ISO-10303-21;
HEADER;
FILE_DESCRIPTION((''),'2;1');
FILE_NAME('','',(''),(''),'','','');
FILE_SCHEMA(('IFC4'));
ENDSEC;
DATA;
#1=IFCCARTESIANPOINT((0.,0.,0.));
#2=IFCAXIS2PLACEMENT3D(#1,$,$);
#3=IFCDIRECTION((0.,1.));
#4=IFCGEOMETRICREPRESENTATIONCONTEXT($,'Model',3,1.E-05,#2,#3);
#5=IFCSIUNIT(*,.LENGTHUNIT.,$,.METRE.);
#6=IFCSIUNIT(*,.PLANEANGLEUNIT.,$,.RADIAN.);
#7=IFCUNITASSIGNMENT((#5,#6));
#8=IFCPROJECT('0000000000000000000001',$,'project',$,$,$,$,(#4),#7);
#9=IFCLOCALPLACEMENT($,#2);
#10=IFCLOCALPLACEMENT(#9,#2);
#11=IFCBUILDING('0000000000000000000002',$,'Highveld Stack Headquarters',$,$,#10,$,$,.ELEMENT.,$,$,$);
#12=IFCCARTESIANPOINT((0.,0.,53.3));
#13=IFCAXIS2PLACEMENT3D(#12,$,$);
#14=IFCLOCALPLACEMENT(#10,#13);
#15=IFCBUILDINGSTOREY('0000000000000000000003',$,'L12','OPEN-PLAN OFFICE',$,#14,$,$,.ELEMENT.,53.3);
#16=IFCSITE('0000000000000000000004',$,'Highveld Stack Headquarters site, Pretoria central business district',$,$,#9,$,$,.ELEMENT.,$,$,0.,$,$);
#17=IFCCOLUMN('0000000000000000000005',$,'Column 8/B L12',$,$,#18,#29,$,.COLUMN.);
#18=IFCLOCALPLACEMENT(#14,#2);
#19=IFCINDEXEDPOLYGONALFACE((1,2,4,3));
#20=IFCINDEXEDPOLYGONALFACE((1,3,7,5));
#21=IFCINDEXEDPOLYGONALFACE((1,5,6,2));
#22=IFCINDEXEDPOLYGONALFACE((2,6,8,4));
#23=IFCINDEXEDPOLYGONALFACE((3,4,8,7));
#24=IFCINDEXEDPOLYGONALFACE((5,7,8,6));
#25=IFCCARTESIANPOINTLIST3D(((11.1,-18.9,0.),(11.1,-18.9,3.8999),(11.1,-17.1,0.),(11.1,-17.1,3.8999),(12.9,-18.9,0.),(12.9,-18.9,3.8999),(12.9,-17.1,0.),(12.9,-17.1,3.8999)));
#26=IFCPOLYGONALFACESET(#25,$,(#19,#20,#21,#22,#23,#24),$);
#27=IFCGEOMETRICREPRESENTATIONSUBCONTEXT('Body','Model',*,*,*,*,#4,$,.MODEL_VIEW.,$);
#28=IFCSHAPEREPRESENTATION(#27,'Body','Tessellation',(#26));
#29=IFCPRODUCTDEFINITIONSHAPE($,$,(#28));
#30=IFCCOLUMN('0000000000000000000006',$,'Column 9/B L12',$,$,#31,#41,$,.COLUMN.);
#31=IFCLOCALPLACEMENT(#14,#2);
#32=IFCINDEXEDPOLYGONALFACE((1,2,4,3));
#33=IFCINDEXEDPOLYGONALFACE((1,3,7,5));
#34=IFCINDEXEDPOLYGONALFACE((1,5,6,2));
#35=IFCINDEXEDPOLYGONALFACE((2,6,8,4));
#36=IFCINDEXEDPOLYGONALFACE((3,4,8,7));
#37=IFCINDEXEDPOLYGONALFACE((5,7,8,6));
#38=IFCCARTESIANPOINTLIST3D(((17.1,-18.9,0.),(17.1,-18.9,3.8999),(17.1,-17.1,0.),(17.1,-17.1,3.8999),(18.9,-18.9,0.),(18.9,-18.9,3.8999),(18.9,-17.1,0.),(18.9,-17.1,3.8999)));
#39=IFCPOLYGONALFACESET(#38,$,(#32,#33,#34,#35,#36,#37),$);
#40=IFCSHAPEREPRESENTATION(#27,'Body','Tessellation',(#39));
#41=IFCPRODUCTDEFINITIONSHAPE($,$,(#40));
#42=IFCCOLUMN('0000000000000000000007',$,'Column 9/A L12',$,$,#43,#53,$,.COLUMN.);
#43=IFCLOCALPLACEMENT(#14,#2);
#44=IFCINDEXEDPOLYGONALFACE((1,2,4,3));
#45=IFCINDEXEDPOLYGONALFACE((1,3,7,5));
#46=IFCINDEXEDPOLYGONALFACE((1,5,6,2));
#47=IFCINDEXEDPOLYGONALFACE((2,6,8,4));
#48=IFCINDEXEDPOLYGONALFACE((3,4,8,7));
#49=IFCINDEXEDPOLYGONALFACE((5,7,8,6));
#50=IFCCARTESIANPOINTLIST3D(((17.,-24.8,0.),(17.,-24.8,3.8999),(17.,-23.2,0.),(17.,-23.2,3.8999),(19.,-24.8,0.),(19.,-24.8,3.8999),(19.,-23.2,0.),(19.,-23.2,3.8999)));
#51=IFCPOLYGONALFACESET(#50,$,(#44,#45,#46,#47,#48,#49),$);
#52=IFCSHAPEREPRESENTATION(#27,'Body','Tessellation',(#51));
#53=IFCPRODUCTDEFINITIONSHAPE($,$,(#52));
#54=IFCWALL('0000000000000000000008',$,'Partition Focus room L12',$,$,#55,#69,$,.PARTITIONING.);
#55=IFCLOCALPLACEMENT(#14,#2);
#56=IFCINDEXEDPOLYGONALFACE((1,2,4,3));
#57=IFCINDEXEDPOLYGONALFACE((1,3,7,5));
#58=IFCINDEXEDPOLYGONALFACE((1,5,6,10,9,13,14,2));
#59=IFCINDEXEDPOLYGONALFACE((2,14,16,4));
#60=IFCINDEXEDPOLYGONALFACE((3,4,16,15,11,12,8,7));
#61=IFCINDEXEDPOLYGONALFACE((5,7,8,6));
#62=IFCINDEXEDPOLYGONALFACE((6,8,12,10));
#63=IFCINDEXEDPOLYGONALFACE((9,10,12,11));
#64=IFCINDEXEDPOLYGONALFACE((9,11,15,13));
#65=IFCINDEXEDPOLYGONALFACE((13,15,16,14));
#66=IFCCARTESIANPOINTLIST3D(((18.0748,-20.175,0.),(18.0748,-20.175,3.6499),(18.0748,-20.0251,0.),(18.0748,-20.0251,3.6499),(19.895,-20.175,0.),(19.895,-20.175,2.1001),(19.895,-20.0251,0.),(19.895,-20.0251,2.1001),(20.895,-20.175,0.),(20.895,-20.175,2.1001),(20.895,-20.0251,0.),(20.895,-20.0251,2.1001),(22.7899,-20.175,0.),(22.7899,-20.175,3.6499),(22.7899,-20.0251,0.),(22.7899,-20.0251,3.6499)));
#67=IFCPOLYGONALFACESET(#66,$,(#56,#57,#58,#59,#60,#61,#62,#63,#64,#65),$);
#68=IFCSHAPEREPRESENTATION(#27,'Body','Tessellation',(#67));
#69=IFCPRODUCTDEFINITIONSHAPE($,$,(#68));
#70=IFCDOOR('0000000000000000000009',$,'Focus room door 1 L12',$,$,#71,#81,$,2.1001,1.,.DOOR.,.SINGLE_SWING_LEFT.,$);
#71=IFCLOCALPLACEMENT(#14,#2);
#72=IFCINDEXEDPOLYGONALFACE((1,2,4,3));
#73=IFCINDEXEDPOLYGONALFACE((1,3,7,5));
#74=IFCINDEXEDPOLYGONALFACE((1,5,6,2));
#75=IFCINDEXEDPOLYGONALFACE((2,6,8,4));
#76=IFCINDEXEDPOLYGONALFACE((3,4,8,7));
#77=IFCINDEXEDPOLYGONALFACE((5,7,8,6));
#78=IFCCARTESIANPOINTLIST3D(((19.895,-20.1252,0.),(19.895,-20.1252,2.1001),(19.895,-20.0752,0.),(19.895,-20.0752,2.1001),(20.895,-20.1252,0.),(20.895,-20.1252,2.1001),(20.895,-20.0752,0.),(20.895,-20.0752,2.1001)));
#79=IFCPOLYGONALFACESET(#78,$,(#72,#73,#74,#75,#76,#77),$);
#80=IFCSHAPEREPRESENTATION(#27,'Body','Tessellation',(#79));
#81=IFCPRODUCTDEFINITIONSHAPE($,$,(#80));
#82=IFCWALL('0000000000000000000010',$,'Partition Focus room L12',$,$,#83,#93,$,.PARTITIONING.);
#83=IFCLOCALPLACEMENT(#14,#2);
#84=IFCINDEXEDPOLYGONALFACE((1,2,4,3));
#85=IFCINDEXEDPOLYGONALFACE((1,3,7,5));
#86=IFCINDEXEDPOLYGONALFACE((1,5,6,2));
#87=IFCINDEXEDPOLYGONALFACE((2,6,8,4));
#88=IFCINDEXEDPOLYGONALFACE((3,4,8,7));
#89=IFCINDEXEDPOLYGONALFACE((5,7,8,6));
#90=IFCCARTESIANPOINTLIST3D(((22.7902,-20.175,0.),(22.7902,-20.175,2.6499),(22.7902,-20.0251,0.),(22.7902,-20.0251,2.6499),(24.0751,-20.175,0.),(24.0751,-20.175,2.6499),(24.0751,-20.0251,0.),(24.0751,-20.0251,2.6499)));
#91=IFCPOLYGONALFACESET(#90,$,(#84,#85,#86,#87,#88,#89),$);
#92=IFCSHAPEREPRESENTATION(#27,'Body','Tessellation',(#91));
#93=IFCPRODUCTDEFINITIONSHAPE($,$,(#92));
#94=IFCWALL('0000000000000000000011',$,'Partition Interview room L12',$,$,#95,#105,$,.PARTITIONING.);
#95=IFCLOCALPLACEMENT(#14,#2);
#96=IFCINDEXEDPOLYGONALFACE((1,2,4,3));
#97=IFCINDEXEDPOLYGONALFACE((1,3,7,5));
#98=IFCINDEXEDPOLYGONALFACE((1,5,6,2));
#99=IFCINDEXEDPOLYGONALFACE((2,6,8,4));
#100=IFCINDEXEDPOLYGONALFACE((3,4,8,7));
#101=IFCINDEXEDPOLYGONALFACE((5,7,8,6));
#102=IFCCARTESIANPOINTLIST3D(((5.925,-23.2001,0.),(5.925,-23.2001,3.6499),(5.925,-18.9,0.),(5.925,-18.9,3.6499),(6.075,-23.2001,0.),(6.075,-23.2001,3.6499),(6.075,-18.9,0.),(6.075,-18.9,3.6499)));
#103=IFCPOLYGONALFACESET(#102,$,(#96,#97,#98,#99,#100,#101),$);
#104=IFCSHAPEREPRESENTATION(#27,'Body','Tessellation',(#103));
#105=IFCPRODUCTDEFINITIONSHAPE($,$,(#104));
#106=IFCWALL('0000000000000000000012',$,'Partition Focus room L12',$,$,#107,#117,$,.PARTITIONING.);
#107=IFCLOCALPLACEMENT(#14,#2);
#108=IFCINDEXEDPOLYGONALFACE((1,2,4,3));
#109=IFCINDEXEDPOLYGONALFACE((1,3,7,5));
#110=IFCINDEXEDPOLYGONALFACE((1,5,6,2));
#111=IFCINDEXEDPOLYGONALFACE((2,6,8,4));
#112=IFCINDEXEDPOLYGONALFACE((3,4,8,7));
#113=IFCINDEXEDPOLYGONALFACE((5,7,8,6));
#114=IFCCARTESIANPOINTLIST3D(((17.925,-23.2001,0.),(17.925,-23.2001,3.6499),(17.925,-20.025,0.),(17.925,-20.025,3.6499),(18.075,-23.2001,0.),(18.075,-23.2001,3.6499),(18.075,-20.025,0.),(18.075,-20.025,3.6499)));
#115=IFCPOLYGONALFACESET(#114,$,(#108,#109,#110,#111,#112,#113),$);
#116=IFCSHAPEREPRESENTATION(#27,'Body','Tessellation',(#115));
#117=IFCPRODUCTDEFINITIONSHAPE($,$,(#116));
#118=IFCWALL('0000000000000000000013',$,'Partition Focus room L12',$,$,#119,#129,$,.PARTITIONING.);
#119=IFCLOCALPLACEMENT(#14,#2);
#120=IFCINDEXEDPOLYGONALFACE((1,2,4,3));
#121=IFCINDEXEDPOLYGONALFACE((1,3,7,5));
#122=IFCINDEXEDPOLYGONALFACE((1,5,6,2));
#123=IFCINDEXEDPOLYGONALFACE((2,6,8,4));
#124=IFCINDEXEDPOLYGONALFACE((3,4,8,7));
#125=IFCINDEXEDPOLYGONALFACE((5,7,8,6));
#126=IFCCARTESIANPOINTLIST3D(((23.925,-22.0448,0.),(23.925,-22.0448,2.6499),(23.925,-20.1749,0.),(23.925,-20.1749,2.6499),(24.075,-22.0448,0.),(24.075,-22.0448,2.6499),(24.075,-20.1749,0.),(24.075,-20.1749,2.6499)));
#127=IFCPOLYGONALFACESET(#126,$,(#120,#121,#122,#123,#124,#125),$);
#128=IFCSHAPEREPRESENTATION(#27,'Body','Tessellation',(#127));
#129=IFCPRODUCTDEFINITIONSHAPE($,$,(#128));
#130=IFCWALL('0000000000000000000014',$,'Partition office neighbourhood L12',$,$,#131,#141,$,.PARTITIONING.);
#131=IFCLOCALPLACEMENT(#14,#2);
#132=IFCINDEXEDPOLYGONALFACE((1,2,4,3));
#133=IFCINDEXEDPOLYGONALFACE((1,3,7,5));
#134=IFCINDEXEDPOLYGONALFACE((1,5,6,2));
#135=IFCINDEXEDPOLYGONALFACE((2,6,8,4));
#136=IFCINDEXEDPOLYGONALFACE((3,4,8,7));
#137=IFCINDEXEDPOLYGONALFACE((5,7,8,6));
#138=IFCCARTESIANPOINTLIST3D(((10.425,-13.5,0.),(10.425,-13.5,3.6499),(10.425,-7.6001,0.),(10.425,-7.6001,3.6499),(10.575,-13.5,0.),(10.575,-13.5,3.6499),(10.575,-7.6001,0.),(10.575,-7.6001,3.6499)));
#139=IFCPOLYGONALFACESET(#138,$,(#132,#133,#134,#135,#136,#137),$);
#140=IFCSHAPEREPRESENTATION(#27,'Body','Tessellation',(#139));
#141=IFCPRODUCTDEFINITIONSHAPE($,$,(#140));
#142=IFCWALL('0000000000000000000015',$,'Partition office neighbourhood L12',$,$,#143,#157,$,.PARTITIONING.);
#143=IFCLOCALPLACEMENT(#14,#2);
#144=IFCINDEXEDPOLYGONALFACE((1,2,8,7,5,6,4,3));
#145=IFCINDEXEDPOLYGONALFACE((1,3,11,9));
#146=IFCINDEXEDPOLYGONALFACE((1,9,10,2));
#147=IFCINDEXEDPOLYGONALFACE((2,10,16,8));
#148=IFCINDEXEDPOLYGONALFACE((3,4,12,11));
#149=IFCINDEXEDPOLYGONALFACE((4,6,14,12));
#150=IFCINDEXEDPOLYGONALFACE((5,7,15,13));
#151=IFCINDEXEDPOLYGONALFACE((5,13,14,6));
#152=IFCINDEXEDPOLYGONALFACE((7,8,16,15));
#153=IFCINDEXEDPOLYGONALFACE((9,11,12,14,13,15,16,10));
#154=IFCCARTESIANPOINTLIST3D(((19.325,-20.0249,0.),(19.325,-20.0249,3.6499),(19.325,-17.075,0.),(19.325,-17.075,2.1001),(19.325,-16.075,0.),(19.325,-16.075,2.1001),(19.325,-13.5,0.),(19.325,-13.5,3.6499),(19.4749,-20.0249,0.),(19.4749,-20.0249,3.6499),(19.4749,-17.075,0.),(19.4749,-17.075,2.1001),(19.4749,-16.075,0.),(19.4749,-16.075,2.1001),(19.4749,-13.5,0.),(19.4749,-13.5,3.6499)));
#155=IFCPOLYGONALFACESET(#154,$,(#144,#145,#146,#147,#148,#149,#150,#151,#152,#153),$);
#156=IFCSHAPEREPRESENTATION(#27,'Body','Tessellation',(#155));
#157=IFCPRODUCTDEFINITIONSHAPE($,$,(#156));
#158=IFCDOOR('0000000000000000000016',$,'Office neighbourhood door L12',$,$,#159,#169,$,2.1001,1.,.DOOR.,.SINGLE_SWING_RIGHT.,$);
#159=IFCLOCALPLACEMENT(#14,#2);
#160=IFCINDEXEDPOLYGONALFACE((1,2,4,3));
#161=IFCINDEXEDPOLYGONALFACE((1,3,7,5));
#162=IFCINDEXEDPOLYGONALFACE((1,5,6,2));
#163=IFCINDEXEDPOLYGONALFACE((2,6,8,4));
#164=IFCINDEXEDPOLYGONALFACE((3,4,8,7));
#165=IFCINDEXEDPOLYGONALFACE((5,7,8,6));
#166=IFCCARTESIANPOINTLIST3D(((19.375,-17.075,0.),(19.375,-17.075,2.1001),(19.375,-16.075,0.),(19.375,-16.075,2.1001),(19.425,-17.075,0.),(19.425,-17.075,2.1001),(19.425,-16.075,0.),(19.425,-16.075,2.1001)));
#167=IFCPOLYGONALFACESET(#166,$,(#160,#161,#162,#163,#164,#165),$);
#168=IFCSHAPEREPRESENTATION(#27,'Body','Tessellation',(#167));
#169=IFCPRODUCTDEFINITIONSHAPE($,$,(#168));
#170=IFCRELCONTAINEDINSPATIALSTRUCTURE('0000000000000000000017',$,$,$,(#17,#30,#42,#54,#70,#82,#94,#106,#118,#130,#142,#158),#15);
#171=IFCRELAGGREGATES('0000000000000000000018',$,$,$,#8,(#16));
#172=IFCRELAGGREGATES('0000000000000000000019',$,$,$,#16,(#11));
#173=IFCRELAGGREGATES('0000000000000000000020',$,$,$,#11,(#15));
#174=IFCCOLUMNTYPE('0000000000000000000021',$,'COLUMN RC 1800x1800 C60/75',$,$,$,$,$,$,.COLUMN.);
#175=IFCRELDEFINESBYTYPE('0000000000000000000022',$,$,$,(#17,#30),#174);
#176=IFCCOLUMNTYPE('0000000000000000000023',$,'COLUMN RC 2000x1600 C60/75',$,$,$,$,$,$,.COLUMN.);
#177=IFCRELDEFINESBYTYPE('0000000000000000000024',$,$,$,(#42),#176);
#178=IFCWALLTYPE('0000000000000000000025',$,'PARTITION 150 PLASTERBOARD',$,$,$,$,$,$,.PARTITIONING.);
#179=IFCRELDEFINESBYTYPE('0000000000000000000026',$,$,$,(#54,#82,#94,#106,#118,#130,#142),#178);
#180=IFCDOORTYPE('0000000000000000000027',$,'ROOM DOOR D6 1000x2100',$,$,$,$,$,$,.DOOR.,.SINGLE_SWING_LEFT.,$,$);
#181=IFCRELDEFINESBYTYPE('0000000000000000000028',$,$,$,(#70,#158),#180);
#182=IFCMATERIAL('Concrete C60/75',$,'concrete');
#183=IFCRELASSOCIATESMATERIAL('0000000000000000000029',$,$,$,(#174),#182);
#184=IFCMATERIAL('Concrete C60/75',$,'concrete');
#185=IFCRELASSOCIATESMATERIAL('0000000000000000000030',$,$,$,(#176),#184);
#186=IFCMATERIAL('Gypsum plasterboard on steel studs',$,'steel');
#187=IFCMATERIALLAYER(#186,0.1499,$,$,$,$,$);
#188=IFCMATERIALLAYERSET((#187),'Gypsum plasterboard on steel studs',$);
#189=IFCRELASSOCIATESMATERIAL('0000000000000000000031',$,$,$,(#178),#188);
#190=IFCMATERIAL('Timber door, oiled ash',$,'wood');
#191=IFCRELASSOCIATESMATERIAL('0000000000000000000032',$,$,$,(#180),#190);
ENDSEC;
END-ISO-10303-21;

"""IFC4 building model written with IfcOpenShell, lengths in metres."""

from ifc_helpers import new_model, si_unit, direction, frame, frame_2d, origin, origin_2d, place, context, subcontext, project, spatial, rectangle, extrude, material, layer, layer_set, material_profile, profile_set, type_object, element, fill, save


model = new_model("IFC4")

# Units and contexts
model_context = context("Model", 3, precision=1e-05, world=origin(), true_north=direction((0.0, 1.0)))
body_context = subcontext(model_context, "Body", "Model", "MODEL_VIEW")
ifc_project = project(units=[si_unit("LENGTHUNIT", "METRE"), si_unit("PLANEANGLEUNIT", "RADIAN")], contexts=[model_context])

# Site, building, storey
site_placement = place(None, origin())
site = spatial("IfcSite", under=ifc_project, at=site_placement, Name="Highveld Stack Headquarters site, Pretoria central business district", CompositionType="ELEMENT", RefElevation=0.0)
building_placement = place(site_placement, origin())
building = spatial("IfcBuilding", under=site, at=building_placement, Name="Highveld Stack Headquarters", CompositionType="ELEMENT")
storey_placement = place(building_placement, frame((0.0, 0.0, 53.3)))
storey = spatial("IfcBuildingStorey", under=building, at=storey_placement, Name="L12", Description="OPEN-PLAN OFFICE", CompositionType="ELEMENT", Elevation=53.3)

# Columns
ifc_material_1 = material(Name="Concrete C60/75", Category="concrete")
ifc_material_profile_1 = material_profile(ifc_material_1, rectangle(XDim=1.8, YDim=1.8, at=origin_2d()), Name="RC 1800x1800")
ifc_profile_set_1 = profile_set([ifc_material_profile_1], Name="Concrete C60/75")
column_type_1 = type_object("IfcColumnType", Name="COLUMN RC 1800x1800 C60/75", PredefinedType="COLUMN", material=ifc_profile_set_1)
for number, where, z_axis, x_axis, name in (
    (1, (12.0, -18.0, 0.0), (0.0, 0.0, 1.0), (1.0, 0.0, 0.0), "Column 8/B L12"),
    (2, (18.0, -18.0, 0.0), (0.0, 0.0, 1.0), (1.0, 0.0, 0.0), "Column 9/B L12"),
):
    element("IfcColumn", number, at=place(storey_placement, frame(where, z_axis=z_axis, x_axis=x_axis)), inside=storey, type_object=column_type_1, Name=name, PredefinedType="COLUMN", context=body_context, shape_type="SweptSolid", body=[
        extrude(rectangle(XDim=1.8, YDim=1.8, at=origin_2d()), origin(), (0.0, 0.0, 1.0), 3.8999),
    ])
ifc_material_2 = material(Name="Concrete C60/75", Category="concrete")
ifc_material_profile_2 = material_profile(ifc_material_2, rectangle(XDim=2.0, YDim=1.6001, at=origin_2d()), Name="RC 2000x1600")
ifc_profile_set_2 = profile_set([ifc_material_profile_2], Name="Concrete C60/75")
column_type_2 = type_object("IfcColumnType", Name="COLUMN RC 2000x1600 C60/75", PredefinedType="COLUMN", material=ifc_profile_set_2)
column_placement = place(storey_placement, frame((18.0, -24.0, 0.0), z_axis=(0.0, 0.0, 1.0), x_axis=(1.0, 0.0, 0.0)))
element("IfcColumn", 3, at=column_placement, inside=storey, type_object=column_type_2, Name="Column 9/A L12", PredefinedType="COLUMN", context=body_context, shape_type="SweptSolid", body=[
    extrude(rectangle(XDim=2.0, YDim=1.6001, at=origin_2d()), origin(), (0.0, 0.0, 1.0), 3.8999),
])

# Wall, opening, door
ifc_material_3 = material(Name="Gypsum plasterboard on steel studs", Category="steel")
ifc_layer = layer(ifc_material_3, 0.1499)
ifc_layer_set = layer_set([ifc_layer], Name="Gypsum plasterboard on steel studs")
wall_type = type_object("IfcWallType", Name="PARTITION 150 PLASTERBOARD", PredefinedType="PARTITIONING", material=ifc_layer_set)
wall_1_placement = place(storey_placement, frame((18.075, -20.1001, 0.0), z_axis=(0.0, 0.0, 1.0), x_axis=(1.0, 0.0, 0.0)))
wall_1 = element("IfcWall", 4, at=wall_1_placement, inside=storey, type_object=wall_type, Name="Partition Focus room L12", PredefinedType="PARTITIONING", context=body_context, shape_type="SweptSolid", body=[
    extrude(rectangle(XDim=4.7151, YDim=0.1499, at=frame_2d((2.3574, 0.0))), origin(), (0.0, 0.0, 1.0), 3.6499),
])
opening_1_placement = place(wall_1_placement, frame((1.8201, 0.0, 0.0)))
opening_1 = element("IfcOpeningElement", 5, at=opening_1_placement, cuts=wall_1, PredefinedType="OPENING", context=body_context, shape_type="SweptSolid", body=[
    extrude(rectangle(XDim=1.0, YDim=2.1001, at=frame_2d((0.5, 1.05))), frame((0.0, 0.085, 0.0), z_axis=(0.0, -1.0, 0.0), x_axis=(1.0, 0.0, 0.0)), (0.0, 0.0, 1.0), 0.1699),
])
ifc_material_4 = material(Name="Timber door, oiled ash", Category="wood")
door_type = type_object("IfcDoorType", Name="ROOM DOOR D6 1000x2100", OperationType="SINGLE_SWING_LEFT", PredefinedType="DOOR", material=ifc_material_4)
door_1_placement = place(opening_1_placement, origin())
door_1 = element("IfcDoor", 6, at=door_1_placement, inside=storey, type_object=door_type, Name="Focus room door 1 L12", OperationType="SINGLE_SWING_LEFT", OverallHeight=2.1001, OverallWidth=1.0, PredefinedType="DOOR", context=body_context, shape_type="SweptSolid", body=[
    extrude(rectangle(XDim=1.0, YDim=2.1001, at=frame_2d((0.5, 1.05))), frame((0.0, 0.0249, 0.0), z_axis=(0.0, -1.0, 0.0), x_axis=(1.0, 0.0, 0.0)), (0.0, 0.0, 1.0), 0.05),
])
fill(opening_1, door_1)

# Walls
wall_2_placement = place(storey_placement, frame((22.79, -20.1001, 0.0), z_axis=(0.0, 0.0, 1.0), x_axis=(1.0, 0.0, 0.0)))
element("IfcWall", 7, at=wall_2_placement, inside=storey, type_object=wall_type, Name="Partition Focus room L12", PredefinedType="PARTITIONING", context=body_context, shape_type="SweptSolid", body=[
    extrude(rectangle(XDim=1.2849, YDim=0.1499, at=frame_2d((0.6426, 0.0))), origin(), (0.0, 0.0, 1.0), 2.6499),
])
wall_3_placement = place(storey_placement, frame((6.0, -23.2, 0.0), z_axis=(0.0, 0.0, 1.0), x_axis=(0.0, 1.0, 0.0)))
element("IfcWall", 8, at=wall_3_placement, inside=storey, type_object=wall_type, Name="Partition Interview room L12", PredefinedType="PARTITIONING", context=body_context, shape_type="SweptSolid", body=[
    extrude(rectangle(XDim=4.3, YDim=0.1499, at=frame_2d((2.1499, 0.0))), origin(), (0.0, 0.0, 1.0), 3.6499),
])
wall_4_placement = place(storey_placement, frame((18.0, -23.2, 0.0), z_axis=(0.0, 0.0, 1.0), x_axis=(0.0, 1.0, 0.0)))
element("IfcWall", 9, at=wall_4_placement, inside=storey, type_object=wall_type, Name="Partition Focus room L12", PredefinedType="PARTITIONING", context=body_context, shape_type="SweptSolid", body=[
    extrude(rectangle(XDim=3.175, YDim=0.1499, at=frame_2d((1.5874, 0.0))), origin(), (0.0, 0.0, 1.0), 3.6499),
])
wall_5_placement = place(storey_placement, frame((24.0, -22.0449, 0.0), z_axis=(0.0, 0.0, 1.0), x_axis=(0.0, 1.0, 0.0)))
element("IfcWall", 10, at=wall_5_placement, inside=storey, type_object=wall_type, Name="Partition Focus room L12", PredefinedType="PARTITIONING", context=body_context, shape_type="SweptSolid", body=[
    extrude(rectangle(XDim=1.8699, YDim=0.1499, at=frame_2d((0.9351, 0.0))), origin(), (0.0, 0.0, 1.0), 2.6499),
])
wall_6_placement = place(storey_placement, frame((10.5, -13.5, 0.0), z_axis=(0.0, 0.0, 1.0), x_axis=(0.0, 1.0, 0.0)))
element("IfcWall", 11, at=wall_6_placement, inside=storey, type_object=wall_type, Name="Partition office neighbourhood L12", PredefinedType="PARTITIONING", context=body_context, shape_type="SweptSolid", body=[
    extrude(rectangle(XDim=5.8999, YDim=0.1499, at=frame_2d((2.95, 0.0))), origin(), (0.0, 0.0, 1.0), 3.6499),
])

# Wall, opening, door
wall_7_placement = place(storey_placement, frame((19.3999, -20.0249, 0.0), z_axis=(0.0, 0.0, 1.0), x_axis=(0.0, 1.0, 0.0)))
wall_7 = element("IfcWall", 12, at=wall_7_placement, inside=storey, type_object=wall_type, Name="Partition office neighbourhood L12", PredefinedType="PARTITIONING", context=body_context, shape_type="SweptSolid", body=[
    extrude(rectangle(XDim=6.5249, YDim=0.1499, at=frame_2d((3.2625, 0.0))), origin(), (0.0, 0.0, 1.0), 3.6499),
])
opening_2_placement = place(wall_7_placement, frame((2.95, 0.0, 0.0)))
opening_2 = element("IfcOpeningElement", 13, at=opening_2_placement, cuts=wall_7, PredefinedType="OPENING", context=body_context, shape_type="SweptSolid", body=[
    extrude(rectangle(XDim=1.0, YDim=2.1001, at=frame_2d((0.5, 1.05))), frame((0.0, 0.085, 0.0), z_axis=(0.0, -1.0, 0.0), x_axis=(1.0, 0.0, 0.0)), (0.0, 0.0, 1.0), 0.1699),
])
door_2_placement = place(opening_2_placement, origin())
door_2 = element("IfcDoor", 14, at=door_2_placement, inside=storey, type_object=door_type, Name="Office neighbourhood door L12", OperationType="SINGLE_SWING_RIGHT", OverallHeight=2.1001, OverallWidth=1.0, PredefinedType="DOOR", context=body_context, shape_type="SweptSolid", body=[
    extrude(rectangle(XDim=1.0, YDim=2.1001, at=frame_2d((0.5, 1.05))), frame((0.0, 0.0249, 0.0), z_axis=(0.0, -1.0, 0.0), x_axis=(1.0, 0.0, 0.0)), (0.0, 0.0, 1.0), 0.05),
])
fill(opening_2, door_2)

save(model, "model.ifc")
